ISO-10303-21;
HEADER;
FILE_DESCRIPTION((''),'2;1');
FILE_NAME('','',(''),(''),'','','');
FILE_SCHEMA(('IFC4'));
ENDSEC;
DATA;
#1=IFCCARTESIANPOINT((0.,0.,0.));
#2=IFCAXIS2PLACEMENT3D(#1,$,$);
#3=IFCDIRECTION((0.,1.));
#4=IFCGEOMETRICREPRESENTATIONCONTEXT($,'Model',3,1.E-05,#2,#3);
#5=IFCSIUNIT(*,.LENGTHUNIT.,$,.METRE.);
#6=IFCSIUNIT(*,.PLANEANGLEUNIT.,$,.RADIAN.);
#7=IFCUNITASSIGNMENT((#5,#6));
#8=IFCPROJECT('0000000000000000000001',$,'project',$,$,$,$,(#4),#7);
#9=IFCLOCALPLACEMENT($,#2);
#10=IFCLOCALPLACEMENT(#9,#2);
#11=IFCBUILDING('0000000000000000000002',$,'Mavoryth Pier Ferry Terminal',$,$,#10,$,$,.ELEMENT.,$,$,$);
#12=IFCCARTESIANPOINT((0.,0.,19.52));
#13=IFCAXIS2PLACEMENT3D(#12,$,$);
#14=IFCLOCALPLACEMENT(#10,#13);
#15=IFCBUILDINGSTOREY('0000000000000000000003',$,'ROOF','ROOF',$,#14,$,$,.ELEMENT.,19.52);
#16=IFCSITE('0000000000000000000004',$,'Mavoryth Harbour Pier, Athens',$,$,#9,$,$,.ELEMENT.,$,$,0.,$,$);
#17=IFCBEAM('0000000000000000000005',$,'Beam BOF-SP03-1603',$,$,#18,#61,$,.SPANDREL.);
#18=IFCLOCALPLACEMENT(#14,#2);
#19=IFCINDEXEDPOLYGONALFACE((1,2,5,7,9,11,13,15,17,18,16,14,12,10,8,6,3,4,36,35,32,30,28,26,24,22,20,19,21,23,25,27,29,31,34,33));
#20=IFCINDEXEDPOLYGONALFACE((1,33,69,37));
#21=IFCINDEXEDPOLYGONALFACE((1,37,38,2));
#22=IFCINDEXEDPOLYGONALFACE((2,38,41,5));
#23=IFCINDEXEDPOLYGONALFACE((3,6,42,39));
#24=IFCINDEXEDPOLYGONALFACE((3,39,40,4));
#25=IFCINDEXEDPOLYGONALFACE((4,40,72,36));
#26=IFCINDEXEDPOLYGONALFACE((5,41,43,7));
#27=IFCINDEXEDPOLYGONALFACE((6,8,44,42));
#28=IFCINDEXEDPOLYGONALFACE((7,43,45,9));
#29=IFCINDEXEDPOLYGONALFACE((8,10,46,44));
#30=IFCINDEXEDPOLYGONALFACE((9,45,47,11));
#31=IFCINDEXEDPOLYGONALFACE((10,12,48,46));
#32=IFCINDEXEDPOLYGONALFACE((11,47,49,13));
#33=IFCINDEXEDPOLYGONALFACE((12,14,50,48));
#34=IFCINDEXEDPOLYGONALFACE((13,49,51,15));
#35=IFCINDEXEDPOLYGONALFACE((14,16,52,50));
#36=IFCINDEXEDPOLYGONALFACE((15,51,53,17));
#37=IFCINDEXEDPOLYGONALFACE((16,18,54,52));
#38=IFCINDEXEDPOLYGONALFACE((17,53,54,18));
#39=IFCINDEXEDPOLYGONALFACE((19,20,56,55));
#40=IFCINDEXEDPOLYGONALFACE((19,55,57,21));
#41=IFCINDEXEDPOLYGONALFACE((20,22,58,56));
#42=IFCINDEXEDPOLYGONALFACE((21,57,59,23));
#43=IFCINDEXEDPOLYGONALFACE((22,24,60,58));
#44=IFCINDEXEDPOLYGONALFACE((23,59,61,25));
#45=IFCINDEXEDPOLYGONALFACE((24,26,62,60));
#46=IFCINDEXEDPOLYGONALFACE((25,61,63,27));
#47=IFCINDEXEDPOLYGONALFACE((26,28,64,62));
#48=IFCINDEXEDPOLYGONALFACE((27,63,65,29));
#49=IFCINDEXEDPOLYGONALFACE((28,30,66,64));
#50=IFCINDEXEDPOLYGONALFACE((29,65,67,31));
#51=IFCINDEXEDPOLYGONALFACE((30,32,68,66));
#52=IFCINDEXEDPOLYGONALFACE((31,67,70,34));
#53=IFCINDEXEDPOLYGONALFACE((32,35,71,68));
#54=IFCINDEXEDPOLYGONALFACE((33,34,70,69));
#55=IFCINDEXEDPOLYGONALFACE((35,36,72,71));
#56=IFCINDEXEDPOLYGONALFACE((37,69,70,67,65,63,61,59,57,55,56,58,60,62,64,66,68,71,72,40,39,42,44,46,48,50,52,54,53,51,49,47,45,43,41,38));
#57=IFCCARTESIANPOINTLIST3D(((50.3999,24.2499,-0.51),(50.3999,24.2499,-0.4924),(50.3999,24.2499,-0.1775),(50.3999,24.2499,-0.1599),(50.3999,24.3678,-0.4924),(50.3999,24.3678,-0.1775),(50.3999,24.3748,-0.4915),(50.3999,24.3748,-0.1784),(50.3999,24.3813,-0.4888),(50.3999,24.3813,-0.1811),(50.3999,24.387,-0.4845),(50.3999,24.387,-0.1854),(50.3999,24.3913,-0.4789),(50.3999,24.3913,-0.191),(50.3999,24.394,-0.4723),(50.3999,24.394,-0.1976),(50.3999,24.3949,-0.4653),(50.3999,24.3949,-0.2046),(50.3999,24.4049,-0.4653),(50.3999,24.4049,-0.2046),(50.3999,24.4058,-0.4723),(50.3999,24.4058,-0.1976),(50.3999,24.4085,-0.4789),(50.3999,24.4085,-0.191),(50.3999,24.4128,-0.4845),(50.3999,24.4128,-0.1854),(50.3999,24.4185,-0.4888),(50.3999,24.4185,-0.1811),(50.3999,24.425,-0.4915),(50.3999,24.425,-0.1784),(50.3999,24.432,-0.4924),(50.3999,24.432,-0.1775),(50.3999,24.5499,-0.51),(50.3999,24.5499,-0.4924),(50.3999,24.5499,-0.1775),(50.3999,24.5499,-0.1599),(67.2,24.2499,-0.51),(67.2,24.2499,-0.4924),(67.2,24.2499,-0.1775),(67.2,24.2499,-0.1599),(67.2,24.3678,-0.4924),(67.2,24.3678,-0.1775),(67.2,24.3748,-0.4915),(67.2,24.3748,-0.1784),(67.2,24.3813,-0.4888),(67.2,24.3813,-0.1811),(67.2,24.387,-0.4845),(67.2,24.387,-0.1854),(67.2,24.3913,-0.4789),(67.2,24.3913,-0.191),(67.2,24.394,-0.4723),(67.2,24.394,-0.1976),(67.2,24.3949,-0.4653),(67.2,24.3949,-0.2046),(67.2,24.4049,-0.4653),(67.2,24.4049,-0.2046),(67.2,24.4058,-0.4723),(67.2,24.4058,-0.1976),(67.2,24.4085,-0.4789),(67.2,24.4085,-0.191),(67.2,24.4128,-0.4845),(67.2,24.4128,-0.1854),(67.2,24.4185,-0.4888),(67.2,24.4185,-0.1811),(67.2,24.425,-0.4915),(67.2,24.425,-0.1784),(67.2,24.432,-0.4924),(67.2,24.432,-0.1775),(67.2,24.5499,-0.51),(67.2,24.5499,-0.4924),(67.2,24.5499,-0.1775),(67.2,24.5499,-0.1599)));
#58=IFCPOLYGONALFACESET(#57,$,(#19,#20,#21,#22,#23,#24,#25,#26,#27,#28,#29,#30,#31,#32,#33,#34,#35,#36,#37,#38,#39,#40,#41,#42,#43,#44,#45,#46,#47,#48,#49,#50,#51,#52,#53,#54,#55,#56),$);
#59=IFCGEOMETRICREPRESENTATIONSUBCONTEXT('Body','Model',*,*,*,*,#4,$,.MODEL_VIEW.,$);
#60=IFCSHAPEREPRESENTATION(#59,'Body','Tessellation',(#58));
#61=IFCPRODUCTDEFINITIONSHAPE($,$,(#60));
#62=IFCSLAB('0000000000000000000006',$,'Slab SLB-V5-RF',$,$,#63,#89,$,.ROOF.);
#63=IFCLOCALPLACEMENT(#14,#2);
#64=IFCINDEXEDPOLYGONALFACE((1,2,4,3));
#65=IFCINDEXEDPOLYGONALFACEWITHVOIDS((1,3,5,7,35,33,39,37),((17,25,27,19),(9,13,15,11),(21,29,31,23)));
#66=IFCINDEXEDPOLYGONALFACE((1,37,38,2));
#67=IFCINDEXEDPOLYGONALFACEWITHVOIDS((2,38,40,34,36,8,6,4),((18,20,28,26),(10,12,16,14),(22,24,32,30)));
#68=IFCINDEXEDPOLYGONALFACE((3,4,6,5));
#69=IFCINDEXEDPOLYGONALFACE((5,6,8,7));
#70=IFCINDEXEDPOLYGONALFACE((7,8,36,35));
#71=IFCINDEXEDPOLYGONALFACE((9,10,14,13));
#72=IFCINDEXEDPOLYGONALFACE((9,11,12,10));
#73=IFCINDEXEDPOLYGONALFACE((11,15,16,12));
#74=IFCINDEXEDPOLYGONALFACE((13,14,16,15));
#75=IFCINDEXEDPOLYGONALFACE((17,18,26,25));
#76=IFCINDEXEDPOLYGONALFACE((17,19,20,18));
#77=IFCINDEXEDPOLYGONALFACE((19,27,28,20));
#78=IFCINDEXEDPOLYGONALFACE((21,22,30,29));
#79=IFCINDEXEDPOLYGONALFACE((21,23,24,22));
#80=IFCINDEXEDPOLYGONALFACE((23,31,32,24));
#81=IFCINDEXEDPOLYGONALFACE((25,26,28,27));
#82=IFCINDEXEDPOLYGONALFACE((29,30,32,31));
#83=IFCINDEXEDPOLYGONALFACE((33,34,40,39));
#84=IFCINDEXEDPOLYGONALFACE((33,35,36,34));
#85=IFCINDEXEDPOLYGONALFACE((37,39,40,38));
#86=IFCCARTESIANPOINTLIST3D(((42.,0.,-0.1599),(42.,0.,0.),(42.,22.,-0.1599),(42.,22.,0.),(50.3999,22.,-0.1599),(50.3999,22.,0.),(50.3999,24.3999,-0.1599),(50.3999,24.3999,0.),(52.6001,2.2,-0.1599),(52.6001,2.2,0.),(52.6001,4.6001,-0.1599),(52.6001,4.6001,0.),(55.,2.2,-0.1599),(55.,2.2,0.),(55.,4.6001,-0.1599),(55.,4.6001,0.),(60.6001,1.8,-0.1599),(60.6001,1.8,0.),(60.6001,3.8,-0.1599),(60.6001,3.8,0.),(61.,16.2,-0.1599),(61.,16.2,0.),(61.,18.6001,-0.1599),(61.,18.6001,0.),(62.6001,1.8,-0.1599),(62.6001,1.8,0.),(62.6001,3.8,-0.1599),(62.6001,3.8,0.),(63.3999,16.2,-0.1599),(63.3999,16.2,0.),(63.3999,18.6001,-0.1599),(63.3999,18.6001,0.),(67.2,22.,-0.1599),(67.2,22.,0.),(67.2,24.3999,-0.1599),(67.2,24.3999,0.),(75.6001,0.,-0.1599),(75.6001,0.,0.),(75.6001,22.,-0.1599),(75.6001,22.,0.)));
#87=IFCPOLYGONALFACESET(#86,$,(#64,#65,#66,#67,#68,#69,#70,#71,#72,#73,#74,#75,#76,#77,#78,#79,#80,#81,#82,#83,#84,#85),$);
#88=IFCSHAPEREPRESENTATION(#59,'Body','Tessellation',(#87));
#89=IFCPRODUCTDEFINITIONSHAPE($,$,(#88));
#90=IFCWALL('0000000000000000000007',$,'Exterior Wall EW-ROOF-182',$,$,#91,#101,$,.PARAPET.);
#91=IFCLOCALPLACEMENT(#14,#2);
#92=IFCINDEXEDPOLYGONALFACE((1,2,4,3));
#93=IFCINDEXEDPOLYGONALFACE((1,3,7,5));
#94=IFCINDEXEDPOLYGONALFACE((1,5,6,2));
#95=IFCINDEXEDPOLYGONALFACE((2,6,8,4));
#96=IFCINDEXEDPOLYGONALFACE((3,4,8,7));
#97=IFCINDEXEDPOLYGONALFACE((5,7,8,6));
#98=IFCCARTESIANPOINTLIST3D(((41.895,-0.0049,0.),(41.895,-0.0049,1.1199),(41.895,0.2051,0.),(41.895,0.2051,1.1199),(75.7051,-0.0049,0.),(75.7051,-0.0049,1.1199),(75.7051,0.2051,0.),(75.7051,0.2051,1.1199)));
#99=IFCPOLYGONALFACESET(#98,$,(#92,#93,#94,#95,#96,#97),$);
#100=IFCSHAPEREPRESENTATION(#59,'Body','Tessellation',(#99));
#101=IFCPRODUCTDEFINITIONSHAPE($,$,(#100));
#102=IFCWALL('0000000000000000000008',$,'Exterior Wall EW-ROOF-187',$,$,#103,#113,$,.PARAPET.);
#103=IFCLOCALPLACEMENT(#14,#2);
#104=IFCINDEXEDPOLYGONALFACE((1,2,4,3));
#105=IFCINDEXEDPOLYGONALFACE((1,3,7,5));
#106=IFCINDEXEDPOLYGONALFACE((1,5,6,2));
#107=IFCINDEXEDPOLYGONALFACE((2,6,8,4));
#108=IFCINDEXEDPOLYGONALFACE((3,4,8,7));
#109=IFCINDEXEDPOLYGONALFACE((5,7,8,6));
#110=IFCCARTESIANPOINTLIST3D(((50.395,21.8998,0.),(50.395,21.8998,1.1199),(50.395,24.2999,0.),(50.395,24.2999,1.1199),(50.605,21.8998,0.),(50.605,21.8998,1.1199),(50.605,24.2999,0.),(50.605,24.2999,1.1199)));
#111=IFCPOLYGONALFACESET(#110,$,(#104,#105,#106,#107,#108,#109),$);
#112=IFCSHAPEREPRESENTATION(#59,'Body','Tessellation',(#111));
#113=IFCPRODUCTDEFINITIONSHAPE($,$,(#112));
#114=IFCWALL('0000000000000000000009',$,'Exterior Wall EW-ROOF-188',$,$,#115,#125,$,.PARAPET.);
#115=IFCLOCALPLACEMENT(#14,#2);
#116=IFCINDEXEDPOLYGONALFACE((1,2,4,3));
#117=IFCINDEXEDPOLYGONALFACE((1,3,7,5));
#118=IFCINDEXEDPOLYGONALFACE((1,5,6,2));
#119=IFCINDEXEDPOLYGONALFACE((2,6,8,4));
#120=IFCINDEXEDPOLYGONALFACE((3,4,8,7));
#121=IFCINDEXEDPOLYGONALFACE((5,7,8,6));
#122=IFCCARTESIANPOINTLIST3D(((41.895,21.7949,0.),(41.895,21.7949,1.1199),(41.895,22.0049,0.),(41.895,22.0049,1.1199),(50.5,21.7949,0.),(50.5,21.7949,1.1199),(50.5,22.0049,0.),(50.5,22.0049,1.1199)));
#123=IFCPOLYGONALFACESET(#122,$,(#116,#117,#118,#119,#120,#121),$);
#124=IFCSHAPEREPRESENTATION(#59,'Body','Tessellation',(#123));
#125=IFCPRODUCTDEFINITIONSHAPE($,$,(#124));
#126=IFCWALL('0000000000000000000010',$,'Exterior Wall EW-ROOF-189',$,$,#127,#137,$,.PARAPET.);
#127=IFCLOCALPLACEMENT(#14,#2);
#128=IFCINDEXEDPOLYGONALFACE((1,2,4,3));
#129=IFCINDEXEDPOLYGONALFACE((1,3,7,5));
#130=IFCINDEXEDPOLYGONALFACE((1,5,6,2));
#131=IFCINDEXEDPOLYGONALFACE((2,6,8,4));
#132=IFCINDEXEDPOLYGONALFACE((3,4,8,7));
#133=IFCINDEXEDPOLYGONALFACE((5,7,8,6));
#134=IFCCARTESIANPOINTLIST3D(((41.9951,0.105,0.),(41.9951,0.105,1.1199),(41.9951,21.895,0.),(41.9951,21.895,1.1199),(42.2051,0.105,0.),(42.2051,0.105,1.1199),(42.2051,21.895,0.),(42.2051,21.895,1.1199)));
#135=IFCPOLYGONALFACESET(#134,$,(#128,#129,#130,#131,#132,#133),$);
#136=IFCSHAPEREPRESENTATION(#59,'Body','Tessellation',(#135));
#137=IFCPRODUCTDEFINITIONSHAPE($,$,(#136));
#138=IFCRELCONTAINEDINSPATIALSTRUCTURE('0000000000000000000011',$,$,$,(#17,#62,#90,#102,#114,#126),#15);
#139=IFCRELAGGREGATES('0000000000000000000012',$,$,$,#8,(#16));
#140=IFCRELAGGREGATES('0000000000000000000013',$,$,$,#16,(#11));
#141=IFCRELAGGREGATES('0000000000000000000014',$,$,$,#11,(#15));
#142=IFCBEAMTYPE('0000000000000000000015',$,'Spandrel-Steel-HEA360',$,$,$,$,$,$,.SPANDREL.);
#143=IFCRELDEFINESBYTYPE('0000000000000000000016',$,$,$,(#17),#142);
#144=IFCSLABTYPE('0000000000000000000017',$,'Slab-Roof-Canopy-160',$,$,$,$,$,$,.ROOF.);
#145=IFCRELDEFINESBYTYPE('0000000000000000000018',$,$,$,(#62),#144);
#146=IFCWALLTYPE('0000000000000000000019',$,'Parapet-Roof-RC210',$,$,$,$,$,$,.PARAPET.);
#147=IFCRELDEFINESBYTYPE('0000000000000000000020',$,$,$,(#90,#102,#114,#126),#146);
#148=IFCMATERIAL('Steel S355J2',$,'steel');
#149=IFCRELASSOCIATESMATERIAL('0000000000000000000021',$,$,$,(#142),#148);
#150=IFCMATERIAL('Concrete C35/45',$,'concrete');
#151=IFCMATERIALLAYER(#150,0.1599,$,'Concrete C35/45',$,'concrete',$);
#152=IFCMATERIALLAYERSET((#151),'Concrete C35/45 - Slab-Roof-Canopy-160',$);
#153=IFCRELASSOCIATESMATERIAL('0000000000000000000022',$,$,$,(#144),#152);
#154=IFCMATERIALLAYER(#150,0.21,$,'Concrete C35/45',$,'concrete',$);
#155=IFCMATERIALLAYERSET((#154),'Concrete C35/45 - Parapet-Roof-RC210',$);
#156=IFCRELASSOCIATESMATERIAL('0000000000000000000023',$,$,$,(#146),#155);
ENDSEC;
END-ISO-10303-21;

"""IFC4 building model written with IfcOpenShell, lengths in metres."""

from ifc_helpers import new_model, si_unit, direction, frame, frame_2d, origin, origin_2d, place, context, subcontext, project, spatial, polyline, rectangle, i_section, outline, extrude, material, layer, layer_set, material_profile, profile_set, type_object, element, save


model = new_model("IFC4")

# Units and contexts
model_context = context("Model", 3, precision=1e-05, world=origin(), true_north=direction((0.0, 1.0)))
body_context = subcontext(model_context, "Body", "Model", "MODEL_VIEW")
ifc_project = project(units=[si_unit("LENGTHUNIT", "METRE"), si_unit("PLANEANGLEUNIT", "RADIAN")], contexts=[model_context])

# Site, building, storey
site_placement = place(None, origin())
site = spatial("IfcSite", under=ifc_project, at=site_placement, Name="Mavoryth Harbour Pier, Athens", CompositionType="ELEMENT", RefElevation=0.0)
building_placement = place(site_placement, origin())
building = spatial("IfcBuilding", under=site, at=building_placement, Name="Mavoryth Pier Ferry Terminal", CompositionType="ELEMENT")
storey_placement = place(building_placement, frame((0.0, 0.0, 19.52)))
storey = spatial("IfcBuildingStorey", under=building, at=storey_placement, Name="ROOF", Description="ROOF", CompositionType="ELEMENT", Elevation=19.52)

# Beam
ifc_material_1 = material(Name="Steel S355J2", Category="steel")
ifc_material_profile_1 = material_profile(ifc_material_1, i_section(OverallWidth=0.3, OverallDepth=0.3501, WebThickness=0.01, FlangeThickness=0.0176, FilletRadius=0.0271, at=origin_2d()), Name="HEA 360", Category="steel")
ifc_profile_set_1 = profile_set([ifc_material_profile_1], Name="Steel S355J2 - HEA 360")
beam_type_1 = type_object("IfcBeamType", Name="Spandrel-Steel-HEA360", PredefinedType="SPANDREL", material=ifc_profile_set_1)
beam_1_placement = place(storey_placement, frame((50.3999, 24.3999, -0.335), z_axis=(1.0, 0.0, 0.0), x_axis=(0.0, 1.0, 0.0)))
element("IfcBeam", 1, at=beam_1_placement, inside=storey, type_object=beam_type_1, Name="Beam BOF-SP03-1603", PredefinedType="SPANDREL", context=body_context, shape_type="SweptSolid", body=[
    extrude(i_section(OverallWidth=0.3, OverallDepth=0.3501, WebThickness=0.01, FlangeThickness=0.0176, FilletRadius=0.0271, at=origin_2d()), origin(), (0.0, 0.0, 1.0), 16.8),
])

# Slab
ifc_material_2 = material(Name="Concrete C35/45", Category="concrete")
ifc_layer_1 = layer(ifc_material_2, 0.1599, Name="Concrete C35/45", Category="concrete")
ifc_layer_set_1 = layer_set([ifc_layer_1], Name="Concrete C35/45 - Slab-Roof-Canopy-160")
slab_type = type_object("IfcSlabType", Name="Slab-Roof-Canopy-160", PredefinedType="ROOF", material=ifc_layer_set_1)
slab_placement = place(storey_placement, frame((0.0, 0.0, -0.1599)))
element("IfcSlab", 2, at=slab_placement, inside=storey, type_object=slab_type, Name="Slab SLB-V5-RF", PredefinedType="ROOF", context=body_context, shape_type="SweptSolid", body=[
    extrude(outline(polyline([(42.0, 0.0), (75.6001, 0.0), (75.6001, 22.0), (67.2, 22.0), (67.2, 24.3999), (50.3999, 24.3999), (50.3999, 22.0), (42.0, 22.0), (42.0, 0.0)]), holes=[polyline([(52.6001, 2.2), (55.0, 2.2), (55.0, 4.6001), (52.6001, 4.6001), (52.6001, 2.2)]), polyline([(61.0, 16.2), (63.3999, 16.2), (63.3999, 18.6001), (61.0, 18.6001), (61.0, 16.2)]), polyline([(60.6001, 1.8), (62.6001, 1.8), (62.6001, 3.8), (60.6001, 3.8), (60.6001, 1.8)])]), origin(), (0.0, 0.0, 1.0), 0.1599),
])

# Walls
ifc_layer_2 = layer(ifc_material_2, 0.21, Name="Concrete C35/45", Category="concrete")
ifc_layer_set_2 = layer_set([ifc_layer_2], Name="Concrete C35/45 - Parapet-Roof-RC210")
wall_type = type_object("IfcWallType", Name="Parapet-Roof-RC210", PredefinedType="PARAPET", material=ifc_layer_set_2)
wall_1_placement = place(storey_placement, frame((41.895, 0.1001, 0.0), z_axis=(0.0, 0.0, 1.0), x_axis=(1.0, 0.0, 0.0)))
element("IfcWall", 3, at=wall_1_placement, inside=storey, type_object=wall_type, Name="Exterior Wall EW-ROOF-182", PredefinedType="PARAPET", context=body_context, shape_type="SweptSolid", body=[
    extrude(rectangle(XDim=33.8101, YDim=0.21, at=frame_2d((16.905, 0.0))), origin(), (0.0, 0.0, 1.0), 1.1199),
])
wall_2_placement = place(storey_placement, frame((50.5, 24.3, 0.0), z_axis=(0.0, 0.0, 1.0), x_axis=(0.0, -1.0, 0.0)))
element("IfcWall", 4, at=wall_2_placement, inside=storey, type_object=wall_type, Name="Exterior Wall EW-ROOF-187", PredefinedType="PARAPET", context=body_context, shape_type="SweptSolid", body=[
    extrude(rectangle(XDim=2.4001, YDim=0.21, at=frame_2d((1.2002, 0.0))), origin(), (0.0, 0.0, 1.0), 1.1199),
])
wall_3_placement = place(storey_placement, frame((50.5, 21.8999, 0.0), z_axis=(0.0, 0.0, 1.0), x_axis=(-1.0, 0.0, 0.0)))
element("IfcWall", 5, at=wall_3_placement, inside=storey, type_object=wall_type, Name="Exterior Wall EW-ROOF-188", PredefinedType="PARAPET", context=body_context, shape_type="SweptSolid", body=[
    extrude(rectangle(XDim=8.605, YDim=0.21, at=frame_2d((4.3025, 0.0))), origin(), (0.0, 0.0, 1.0), 1.1199),
])
wall_4_placement = place(storey_placement, frame((42.1001, 21.895, 0.0), z_axis=(0.0, 0.0, 1.0), x_axis=(0.0, -1.0, 0.0)))
element("IfcWall", 6, at=wall_4_placement, inside=storey, type_object=wall_type, Name="Exterior Wall EW-ROOF-189", PredefinedType="PARAPET", context=body_context, shape_type="SweptSolid", body=[
    extrude(rectangle(XDim=21.79, YDim=0.21, at=frame_2d((10.895, 0.0))), origin(), (0.0, 0.0, 1.0), 1.1199),
])

save(model, "model.ifc")
